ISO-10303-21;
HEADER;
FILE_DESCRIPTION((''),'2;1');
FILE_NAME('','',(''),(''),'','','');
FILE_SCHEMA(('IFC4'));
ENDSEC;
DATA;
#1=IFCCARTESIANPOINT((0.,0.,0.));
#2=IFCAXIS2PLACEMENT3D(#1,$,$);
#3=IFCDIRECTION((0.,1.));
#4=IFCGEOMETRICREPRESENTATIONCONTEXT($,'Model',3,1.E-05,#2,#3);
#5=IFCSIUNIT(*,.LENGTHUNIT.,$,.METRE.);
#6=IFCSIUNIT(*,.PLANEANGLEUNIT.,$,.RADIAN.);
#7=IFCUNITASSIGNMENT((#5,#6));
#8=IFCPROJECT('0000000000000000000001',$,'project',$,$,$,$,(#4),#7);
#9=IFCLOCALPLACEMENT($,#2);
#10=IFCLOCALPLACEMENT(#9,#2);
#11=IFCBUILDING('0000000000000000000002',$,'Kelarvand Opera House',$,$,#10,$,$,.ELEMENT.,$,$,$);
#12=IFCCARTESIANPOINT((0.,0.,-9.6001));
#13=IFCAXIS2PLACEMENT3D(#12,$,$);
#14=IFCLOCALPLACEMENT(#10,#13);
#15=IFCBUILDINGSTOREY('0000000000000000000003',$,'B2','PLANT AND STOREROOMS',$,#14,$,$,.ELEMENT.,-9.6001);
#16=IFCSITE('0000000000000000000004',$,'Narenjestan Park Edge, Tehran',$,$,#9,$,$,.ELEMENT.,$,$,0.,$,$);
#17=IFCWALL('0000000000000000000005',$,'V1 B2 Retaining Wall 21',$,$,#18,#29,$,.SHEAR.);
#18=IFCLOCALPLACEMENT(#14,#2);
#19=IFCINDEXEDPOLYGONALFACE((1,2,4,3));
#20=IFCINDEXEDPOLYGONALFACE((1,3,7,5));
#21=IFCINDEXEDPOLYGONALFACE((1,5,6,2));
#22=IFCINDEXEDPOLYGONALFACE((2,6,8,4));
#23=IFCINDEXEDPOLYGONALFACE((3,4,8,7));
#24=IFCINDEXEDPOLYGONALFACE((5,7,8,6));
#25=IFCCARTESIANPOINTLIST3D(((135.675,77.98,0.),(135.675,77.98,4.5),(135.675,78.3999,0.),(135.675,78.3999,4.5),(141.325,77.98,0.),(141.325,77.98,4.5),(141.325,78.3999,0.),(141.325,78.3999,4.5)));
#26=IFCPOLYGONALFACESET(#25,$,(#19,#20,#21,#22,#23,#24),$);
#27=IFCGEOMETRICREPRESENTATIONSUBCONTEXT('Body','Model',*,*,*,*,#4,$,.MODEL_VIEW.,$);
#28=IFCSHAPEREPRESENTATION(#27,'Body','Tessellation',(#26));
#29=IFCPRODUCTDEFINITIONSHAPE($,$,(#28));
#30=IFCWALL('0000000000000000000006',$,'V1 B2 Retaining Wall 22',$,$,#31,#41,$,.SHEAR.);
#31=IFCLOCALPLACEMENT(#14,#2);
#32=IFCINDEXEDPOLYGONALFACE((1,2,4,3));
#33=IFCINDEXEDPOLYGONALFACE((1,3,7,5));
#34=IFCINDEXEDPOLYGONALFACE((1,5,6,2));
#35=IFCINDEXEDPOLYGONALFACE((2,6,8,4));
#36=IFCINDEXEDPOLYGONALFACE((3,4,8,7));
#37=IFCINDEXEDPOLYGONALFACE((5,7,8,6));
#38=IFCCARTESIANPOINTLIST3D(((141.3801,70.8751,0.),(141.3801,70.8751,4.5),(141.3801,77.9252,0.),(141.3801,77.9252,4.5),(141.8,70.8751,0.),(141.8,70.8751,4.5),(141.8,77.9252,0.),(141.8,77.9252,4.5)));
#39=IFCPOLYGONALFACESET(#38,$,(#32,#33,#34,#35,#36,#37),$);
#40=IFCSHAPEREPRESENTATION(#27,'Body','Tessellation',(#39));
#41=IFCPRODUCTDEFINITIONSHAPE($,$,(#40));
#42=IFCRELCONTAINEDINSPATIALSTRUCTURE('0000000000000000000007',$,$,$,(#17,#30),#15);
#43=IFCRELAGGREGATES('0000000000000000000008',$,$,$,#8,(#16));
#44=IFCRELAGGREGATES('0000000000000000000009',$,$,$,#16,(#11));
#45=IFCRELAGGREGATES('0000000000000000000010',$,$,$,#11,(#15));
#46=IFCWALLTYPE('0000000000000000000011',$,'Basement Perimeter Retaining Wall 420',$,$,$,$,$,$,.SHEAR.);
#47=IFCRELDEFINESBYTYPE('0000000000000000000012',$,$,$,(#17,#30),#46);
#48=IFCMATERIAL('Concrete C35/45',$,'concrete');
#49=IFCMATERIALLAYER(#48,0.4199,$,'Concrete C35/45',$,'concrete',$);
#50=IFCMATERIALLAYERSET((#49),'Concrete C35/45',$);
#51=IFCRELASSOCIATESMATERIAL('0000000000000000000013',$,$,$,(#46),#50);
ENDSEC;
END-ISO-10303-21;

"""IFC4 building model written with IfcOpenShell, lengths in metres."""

from ifc_helpers import new_model, si_unit, direction, frame, frame_2d, origin, place, context, subcontext, project, spatial, rectangle, extrude, material, layer, layer_set, type_object, element, save


model = new_model("IFC4")

# Units and contexts
model_context = context("Model", 3, precision=1e-05, world=origin(), true_north=direction((0.0, 1.0)))
body_context = subcontext(model_context, "Body", "Model", "MODEL_VIEW")
ifc_project = project(units=[si_unit("LENGTHUNIT", "METRE"), si_unit("PLANEANGLEUNIT", "RADIAN")], contexts=[model_context])

# Site, building, storey
site_placement = place(None, origin())
site = spatial("IfcSite", under=ifc_project, at=site_placement, Name="Narenjestan Park Edge, Tehran", CompositionType="ELEMENT", RefElevation=0.0)
building_placement = place(site_placement, origin())
building = spatial("IfcBuilding", under=site, at=building_placement, Name="Kelarvand Opera House", CompositionType="ELEMENT")
storey_placement = place(building_placement, frame((0.0, 0.0, -9.6001)))
storey = spatial("IfcBuildingStorey", under=building, at=storey_placement, Name="B2", Description="PLANT AND STOREROOMS", CompositionType="ELEMENT", Elevation=-9.6001)

# Walls
ifc_material_1 = material(Name="Concrete C35/45", Category="concrete")
ifc_layer = layer(ifc_material_1, 0.4199, Name="Concrete C35/45", Category="concrete")
ifc_layer_set = layer_set([ifc_layer], Name="Concrete C35/45")
wall_type = type_object("IfcWallType", Name="Basement Perimeter Retaining Wall 420", PredefinedType="SHEAR", material=ifc_layer_set)
wall_1_placement = place(storey_placement, frame((135.675, 78.1899, 0.0), z_axis=(0.0, 0.0, 1.0), x_axis=(1.0, 0.0, 0.0)))
element("IfcWall", 1, at=wall_1_placement, inside=storey, type_object=wall_type, Name="V1 B2 Retaining Wall 21", PredefinedType="SHEAR", context=body_context, shape_type="SweptSolid", body=[
    extrude(rectangle(XDim=5.6499, YDim=0.4199, at=frame_2d((2.825, 0.0))), origin(), (0.0, 0.0, 1.0), 4.5),
])
wall_2_placement = place(storey_placement, frame((141.5901, 77.925, 0.0), z_axis=(0.0, 0.0, 1.0), x_axis=(0.0, -1.0, 0.0)))
element("IfcWall", 2, at=wall_2_placement, inside=storey, type_object=wall_type, Name="V1 B2 Retaining Wall 22", PredefinedType="SHEAR", context=body_context, shape_type="SweptSolid", body=[
    extrude(rectangle(XDim=7.05, YDim=0.4199, at=frame_2d((3.5249, 0.0))), origin(), (0.0, 0.0, 1.0), 4.5),
])

save(model, "model.ifc")
